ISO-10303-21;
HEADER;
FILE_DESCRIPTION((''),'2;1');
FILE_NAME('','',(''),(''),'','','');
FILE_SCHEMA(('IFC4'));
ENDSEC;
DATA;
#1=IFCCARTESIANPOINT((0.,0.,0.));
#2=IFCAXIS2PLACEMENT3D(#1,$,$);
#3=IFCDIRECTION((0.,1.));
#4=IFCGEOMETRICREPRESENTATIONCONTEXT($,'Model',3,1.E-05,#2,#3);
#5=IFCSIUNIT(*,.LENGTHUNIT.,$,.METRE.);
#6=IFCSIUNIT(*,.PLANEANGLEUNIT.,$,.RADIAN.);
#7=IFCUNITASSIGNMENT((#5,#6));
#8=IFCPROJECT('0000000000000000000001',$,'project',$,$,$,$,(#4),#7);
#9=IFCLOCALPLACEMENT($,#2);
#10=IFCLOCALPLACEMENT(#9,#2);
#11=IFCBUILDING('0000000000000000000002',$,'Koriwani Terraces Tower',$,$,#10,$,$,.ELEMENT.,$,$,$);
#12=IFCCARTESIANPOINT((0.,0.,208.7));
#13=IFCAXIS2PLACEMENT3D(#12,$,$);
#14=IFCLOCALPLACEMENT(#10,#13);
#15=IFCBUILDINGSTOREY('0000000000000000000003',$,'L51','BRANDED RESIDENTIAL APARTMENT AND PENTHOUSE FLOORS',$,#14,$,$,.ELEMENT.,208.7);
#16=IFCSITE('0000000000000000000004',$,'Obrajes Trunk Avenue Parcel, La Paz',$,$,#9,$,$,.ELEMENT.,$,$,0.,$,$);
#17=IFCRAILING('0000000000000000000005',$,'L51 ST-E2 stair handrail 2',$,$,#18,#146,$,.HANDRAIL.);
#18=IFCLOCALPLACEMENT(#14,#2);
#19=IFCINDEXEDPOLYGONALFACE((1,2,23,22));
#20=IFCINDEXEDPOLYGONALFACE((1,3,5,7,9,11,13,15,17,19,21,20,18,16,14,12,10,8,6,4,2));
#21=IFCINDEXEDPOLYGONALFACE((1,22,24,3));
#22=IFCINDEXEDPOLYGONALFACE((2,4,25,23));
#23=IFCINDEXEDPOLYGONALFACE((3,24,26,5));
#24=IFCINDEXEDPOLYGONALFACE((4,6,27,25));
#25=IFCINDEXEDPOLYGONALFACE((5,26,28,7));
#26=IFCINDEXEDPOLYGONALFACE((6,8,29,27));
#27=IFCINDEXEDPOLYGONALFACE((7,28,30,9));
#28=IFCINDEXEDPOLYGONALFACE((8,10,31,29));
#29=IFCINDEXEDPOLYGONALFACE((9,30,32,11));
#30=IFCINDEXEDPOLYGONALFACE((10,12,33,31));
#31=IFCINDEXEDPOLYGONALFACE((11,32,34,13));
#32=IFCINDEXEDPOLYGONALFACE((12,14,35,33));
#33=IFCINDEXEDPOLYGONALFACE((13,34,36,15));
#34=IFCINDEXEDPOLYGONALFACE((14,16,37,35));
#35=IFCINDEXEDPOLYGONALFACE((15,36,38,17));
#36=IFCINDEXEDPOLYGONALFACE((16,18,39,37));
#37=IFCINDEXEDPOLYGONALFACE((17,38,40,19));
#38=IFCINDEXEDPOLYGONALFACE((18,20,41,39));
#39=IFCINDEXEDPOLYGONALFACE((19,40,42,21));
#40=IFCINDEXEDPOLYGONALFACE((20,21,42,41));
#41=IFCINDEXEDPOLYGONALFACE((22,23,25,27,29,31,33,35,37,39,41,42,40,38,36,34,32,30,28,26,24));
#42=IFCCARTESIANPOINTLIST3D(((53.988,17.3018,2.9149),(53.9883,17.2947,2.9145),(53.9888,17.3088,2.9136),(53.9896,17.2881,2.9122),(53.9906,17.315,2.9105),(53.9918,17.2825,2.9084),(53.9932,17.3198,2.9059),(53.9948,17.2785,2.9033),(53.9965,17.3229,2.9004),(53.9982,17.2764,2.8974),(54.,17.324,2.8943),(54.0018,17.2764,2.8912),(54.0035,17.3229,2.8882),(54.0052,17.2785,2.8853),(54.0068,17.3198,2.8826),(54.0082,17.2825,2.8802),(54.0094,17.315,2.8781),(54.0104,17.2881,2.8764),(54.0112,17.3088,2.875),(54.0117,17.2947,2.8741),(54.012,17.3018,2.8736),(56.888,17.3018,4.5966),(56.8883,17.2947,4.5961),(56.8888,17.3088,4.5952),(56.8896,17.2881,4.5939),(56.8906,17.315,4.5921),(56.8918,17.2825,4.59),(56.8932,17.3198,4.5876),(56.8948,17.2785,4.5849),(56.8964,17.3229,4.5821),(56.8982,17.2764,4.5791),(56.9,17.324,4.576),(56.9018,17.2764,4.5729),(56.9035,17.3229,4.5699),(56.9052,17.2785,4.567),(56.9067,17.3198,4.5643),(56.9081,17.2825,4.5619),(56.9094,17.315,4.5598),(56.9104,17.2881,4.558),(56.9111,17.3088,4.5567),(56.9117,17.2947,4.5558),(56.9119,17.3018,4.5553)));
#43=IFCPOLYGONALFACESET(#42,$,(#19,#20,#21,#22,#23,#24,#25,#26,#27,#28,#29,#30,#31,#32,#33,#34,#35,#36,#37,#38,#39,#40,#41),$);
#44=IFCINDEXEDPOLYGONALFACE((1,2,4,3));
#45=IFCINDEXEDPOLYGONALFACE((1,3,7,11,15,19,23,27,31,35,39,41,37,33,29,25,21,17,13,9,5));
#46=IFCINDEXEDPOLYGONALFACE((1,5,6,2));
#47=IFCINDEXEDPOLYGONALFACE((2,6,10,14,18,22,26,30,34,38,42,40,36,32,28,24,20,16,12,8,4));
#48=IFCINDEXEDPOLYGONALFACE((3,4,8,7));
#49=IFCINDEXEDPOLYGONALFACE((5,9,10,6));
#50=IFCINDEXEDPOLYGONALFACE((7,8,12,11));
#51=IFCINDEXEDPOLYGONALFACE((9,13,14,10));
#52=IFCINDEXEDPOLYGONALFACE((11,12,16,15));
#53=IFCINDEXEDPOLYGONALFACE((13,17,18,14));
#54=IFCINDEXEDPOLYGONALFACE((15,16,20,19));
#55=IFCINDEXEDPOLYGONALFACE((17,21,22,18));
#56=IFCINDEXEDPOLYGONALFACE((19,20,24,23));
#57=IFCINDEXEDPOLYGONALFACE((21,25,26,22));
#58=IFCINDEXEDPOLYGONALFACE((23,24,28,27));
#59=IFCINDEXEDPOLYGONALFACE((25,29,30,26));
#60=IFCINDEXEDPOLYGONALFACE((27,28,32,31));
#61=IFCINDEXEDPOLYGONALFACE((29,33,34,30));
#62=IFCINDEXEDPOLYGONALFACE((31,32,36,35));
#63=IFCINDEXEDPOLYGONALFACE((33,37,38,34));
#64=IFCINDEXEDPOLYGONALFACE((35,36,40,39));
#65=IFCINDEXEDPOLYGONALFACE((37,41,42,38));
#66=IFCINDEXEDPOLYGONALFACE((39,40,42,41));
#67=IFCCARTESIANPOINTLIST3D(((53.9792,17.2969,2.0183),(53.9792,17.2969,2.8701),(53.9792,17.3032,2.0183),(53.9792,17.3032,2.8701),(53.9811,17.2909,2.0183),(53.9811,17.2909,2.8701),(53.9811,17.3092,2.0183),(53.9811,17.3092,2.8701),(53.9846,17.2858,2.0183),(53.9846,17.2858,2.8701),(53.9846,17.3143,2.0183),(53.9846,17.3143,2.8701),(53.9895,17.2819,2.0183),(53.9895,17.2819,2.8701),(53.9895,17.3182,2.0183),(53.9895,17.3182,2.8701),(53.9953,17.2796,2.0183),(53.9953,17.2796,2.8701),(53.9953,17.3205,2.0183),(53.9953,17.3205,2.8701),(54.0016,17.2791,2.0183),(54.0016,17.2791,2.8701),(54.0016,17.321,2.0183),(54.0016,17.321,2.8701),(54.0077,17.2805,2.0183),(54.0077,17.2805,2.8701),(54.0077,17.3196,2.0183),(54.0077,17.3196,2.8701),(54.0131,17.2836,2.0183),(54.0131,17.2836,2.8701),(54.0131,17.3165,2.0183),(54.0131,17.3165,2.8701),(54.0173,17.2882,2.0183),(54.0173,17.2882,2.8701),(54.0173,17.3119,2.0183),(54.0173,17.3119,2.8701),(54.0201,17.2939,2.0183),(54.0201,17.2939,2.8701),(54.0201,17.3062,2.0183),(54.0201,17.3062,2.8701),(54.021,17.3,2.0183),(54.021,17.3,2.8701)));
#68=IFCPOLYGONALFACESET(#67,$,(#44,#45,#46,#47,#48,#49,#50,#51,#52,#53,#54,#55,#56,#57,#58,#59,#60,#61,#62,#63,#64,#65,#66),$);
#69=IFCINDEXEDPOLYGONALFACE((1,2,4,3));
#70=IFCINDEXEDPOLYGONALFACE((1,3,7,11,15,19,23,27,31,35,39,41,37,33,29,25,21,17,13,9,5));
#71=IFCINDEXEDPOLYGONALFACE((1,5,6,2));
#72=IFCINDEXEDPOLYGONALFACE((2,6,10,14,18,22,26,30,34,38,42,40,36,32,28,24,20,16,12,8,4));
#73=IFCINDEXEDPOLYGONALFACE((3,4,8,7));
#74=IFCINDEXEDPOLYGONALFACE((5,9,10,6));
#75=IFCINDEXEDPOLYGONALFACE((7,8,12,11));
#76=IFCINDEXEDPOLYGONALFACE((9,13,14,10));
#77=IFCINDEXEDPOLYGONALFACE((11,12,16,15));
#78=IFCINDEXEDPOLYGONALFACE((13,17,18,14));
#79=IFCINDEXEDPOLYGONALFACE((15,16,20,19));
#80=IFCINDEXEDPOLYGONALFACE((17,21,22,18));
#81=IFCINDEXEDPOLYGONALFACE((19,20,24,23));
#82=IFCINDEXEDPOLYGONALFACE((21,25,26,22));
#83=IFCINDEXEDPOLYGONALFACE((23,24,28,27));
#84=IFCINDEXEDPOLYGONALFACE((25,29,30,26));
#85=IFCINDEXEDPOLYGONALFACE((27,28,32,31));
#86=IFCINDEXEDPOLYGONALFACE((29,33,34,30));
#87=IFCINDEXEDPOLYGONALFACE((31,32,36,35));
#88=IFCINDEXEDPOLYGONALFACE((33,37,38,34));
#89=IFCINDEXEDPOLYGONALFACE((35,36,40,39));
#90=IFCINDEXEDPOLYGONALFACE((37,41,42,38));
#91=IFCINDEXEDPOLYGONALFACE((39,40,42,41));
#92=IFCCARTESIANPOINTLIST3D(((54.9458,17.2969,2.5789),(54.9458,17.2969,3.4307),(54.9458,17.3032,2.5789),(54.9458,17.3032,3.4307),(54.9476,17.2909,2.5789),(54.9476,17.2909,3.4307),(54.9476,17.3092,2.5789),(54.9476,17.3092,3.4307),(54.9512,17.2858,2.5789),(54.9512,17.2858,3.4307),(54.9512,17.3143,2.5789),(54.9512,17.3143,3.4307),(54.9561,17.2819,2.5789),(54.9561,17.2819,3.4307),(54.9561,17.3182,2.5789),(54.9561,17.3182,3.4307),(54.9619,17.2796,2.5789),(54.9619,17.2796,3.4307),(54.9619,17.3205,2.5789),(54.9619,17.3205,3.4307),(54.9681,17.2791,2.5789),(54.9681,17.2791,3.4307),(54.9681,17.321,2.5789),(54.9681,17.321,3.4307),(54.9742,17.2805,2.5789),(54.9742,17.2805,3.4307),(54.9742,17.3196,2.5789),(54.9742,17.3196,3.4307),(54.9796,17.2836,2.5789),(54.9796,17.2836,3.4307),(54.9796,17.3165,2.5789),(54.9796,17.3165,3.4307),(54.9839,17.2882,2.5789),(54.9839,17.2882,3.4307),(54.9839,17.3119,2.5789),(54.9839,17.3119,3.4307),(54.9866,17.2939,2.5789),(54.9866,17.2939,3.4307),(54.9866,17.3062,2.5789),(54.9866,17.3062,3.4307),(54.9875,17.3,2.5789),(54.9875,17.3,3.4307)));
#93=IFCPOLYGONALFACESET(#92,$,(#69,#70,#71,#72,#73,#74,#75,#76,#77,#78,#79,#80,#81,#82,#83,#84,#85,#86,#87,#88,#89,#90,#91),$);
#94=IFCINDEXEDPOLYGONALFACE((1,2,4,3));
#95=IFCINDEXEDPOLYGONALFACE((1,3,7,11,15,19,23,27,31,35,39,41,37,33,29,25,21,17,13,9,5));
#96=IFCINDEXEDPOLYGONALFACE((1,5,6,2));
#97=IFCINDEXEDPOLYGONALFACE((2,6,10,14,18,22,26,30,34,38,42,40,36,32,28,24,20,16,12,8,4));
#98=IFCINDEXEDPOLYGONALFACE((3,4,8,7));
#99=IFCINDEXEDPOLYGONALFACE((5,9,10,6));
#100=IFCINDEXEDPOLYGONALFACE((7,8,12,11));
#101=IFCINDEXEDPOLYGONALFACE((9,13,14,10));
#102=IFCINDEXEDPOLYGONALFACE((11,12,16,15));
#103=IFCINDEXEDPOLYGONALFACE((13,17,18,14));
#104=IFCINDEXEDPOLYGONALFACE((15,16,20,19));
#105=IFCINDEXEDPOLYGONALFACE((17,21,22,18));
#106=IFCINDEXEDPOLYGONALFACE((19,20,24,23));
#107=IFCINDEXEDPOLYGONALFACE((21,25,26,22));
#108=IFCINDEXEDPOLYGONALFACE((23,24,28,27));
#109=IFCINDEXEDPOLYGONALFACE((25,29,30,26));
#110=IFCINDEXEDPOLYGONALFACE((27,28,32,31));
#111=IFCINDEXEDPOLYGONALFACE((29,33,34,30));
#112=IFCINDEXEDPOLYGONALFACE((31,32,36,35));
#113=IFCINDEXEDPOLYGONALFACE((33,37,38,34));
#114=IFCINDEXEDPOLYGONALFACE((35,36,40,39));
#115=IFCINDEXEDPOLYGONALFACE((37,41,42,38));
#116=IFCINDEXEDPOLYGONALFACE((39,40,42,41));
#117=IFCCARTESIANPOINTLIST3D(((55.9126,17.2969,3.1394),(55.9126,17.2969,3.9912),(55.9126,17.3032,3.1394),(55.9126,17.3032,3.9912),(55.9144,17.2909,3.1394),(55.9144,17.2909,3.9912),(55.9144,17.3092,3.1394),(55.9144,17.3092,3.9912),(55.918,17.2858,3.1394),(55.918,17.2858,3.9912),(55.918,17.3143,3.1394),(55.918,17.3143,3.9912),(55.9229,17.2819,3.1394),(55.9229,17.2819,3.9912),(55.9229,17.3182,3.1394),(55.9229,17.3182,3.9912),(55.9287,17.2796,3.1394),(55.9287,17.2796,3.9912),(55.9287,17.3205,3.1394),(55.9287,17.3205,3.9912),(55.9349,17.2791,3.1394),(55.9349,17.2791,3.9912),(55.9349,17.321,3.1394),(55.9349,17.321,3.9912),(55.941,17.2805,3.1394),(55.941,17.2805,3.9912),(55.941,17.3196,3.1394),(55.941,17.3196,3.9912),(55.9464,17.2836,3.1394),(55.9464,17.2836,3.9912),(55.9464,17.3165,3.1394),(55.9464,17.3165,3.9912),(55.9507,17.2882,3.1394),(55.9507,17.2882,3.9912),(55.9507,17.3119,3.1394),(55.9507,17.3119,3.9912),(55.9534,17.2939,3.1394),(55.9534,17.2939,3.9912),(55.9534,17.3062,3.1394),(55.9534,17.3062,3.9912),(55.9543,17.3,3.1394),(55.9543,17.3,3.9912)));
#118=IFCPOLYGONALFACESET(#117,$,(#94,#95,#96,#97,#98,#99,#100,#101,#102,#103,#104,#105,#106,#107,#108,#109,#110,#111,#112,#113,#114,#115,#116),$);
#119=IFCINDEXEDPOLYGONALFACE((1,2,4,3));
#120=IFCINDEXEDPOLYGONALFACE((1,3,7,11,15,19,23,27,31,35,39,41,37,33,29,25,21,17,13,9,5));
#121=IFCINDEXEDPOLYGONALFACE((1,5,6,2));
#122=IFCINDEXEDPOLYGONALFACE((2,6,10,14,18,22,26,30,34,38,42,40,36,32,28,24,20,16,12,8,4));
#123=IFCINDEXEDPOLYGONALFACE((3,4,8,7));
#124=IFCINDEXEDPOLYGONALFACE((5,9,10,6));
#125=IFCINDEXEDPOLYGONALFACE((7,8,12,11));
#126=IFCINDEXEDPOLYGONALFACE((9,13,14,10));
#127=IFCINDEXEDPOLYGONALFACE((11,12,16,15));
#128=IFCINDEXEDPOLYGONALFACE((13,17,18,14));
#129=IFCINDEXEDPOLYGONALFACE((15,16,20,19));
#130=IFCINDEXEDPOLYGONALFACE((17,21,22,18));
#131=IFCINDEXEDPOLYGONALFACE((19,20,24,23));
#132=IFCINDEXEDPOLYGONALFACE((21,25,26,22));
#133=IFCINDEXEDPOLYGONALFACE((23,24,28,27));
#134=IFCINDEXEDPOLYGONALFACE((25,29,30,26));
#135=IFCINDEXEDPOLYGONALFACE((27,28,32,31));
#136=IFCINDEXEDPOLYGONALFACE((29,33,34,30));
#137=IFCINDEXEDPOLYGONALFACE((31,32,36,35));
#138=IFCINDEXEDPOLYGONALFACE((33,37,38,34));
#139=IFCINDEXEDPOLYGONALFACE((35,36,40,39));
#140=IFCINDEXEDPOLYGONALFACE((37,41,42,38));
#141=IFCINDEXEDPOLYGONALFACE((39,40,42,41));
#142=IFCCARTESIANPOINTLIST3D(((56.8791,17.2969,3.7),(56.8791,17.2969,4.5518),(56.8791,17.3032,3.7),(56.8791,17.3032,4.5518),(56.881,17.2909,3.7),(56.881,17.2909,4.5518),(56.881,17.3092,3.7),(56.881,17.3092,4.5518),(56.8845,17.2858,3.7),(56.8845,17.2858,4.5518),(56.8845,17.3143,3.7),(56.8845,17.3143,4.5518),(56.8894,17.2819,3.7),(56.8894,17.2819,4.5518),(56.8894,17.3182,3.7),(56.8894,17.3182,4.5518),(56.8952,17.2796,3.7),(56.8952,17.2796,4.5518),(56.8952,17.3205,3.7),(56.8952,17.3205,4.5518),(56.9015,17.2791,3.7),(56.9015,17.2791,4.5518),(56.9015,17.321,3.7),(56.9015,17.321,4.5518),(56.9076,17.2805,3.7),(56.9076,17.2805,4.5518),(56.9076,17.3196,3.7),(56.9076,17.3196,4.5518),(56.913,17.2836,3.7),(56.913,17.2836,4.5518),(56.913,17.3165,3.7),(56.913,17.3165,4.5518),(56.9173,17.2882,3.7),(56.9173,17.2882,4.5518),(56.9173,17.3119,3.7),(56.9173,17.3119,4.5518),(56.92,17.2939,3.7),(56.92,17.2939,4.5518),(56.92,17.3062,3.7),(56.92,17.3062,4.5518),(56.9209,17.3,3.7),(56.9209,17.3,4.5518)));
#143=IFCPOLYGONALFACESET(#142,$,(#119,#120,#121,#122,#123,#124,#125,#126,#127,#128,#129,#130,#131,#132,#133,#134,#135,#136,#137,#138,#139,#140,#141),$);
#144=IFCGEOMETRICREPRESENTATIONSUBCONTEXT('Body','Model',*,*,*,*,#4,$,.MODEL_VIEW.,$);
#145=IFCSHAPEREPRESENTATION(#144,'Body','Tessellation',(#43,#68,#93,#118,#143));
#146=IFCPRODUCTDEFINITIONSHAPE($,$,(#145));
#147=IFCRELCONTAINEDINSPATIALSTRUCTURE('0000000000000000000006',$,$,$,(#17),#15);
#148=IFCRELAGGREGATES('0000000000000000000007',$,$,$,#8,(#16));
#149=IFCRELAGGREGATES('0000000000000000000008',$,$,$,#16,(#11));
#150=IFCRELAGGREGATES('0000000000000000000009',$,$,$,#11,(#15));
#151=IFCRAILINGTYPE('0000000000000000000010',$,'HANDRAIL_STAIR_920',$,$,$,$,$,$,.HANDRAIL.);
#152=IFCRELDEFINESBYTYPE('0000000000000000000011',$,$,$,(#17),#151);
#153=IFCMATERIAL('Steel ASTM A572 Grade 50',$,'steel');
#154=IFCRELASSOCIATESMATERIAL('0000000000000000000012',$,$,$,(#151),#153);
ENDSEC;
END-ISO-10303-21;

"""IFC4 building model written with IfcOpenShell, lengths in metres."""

from ifc_helpers import new_model, si_unit, direction, frame, origin, origin_2d, place, context, subcontext, project, spatial, circle, extrude, material, type_object, element, save


model = new_model("IFC4")

# Units and contexts
model_context = context("Model", 3, precision=1e-05, world=origin(), true_north=direction((0.0, 1.0)))
body_context = subcontext(model_context, "Body", "Model", "MODEL_VIEW")
ifc_project = project(units=[si_unit("LENGTHUNIT", "METRE"), si_unit("PLANEANGLEUNIT", "RADIAN")], contexts=[model_context])

# Site, building, storey
site_placement = place(None, origin())
site = spatial("IfcSite", under=ifc_project, at=site_placement, Name="Obrajes Trunk Avenue Parcel, La Paz", CompositionType="ELEMENT", RefElevation=0.0)
building_placement = place(site_placement, origin())
building = spatial("IfcBuilding", under=site, at=building_placement, Name="Koriwani Terraces Tower", CompositionType="ELEMENT")
storey_placement = place(building_placement, frame((0.0, 0.0, 208.7)))
storey = spatial("IfcBuildingStorey", under=building, at=storey_placement, Name="L51", Description="BRANDED RESIDENTIAL APARTMENT AND PENTHOUSE FLOORS", CompositionType="ELEMENT", Elevation=208.7)

# Shared definitions
ifc_material_1 = material(Name="Steel ASTM A572 Grade 50", Category="steel")

# Railing
railing_type_1 = type_object("IfcRailingType", Name="HANDRAIL_STAIR_920", PredefinedType="HANDRAIL", material=ifc_material_1)
railing_1_placement = place(storey_placement, frame((54.0, 17.3, 2.0183)))
element("IfcRailing", 1, at=railing_1_placement, inside=storey, type_object=railing_type_1, Name="L51 ST-E2 stair handrail 2", PredefinedType="HANDRAIL", context=body_context, shape_type="SweptSolid", body=[
    extrude(circle(Radius=0.0239, at=origin_2d()), frame((0.0, 0.0, 0.876), z_axis=(0.86507, 0.0, 0.501651), x_axis=(0.0, 1.0, 0.0)), (0.0, 0.0, 1.0), 3.3523),
    extrude(circle(Radius=0.021, at=origin_2d()), origin(), (0.0, 0.0, 1.0), 0.8518),
    extrude(circle(Radius=0.021, at=origin_2d()), frame((0.9666, 0.0, 0.5605)), (0.0, 0.0, 1.0), 0.8518),
    extrude(circle(Radius=0.021, at=origin_2d()), frame((1.9333, 0.0, 1.1211)), (0.0, 0.0, 1.0), 0.8518),
    extrude(circle(Radius=0.021, at=origin_2d()), frame((2.8999, 0.0, 1.6816)), (0.0, 0.0, 1.0), 0.8518),
])

save(model, "model.ifc")
